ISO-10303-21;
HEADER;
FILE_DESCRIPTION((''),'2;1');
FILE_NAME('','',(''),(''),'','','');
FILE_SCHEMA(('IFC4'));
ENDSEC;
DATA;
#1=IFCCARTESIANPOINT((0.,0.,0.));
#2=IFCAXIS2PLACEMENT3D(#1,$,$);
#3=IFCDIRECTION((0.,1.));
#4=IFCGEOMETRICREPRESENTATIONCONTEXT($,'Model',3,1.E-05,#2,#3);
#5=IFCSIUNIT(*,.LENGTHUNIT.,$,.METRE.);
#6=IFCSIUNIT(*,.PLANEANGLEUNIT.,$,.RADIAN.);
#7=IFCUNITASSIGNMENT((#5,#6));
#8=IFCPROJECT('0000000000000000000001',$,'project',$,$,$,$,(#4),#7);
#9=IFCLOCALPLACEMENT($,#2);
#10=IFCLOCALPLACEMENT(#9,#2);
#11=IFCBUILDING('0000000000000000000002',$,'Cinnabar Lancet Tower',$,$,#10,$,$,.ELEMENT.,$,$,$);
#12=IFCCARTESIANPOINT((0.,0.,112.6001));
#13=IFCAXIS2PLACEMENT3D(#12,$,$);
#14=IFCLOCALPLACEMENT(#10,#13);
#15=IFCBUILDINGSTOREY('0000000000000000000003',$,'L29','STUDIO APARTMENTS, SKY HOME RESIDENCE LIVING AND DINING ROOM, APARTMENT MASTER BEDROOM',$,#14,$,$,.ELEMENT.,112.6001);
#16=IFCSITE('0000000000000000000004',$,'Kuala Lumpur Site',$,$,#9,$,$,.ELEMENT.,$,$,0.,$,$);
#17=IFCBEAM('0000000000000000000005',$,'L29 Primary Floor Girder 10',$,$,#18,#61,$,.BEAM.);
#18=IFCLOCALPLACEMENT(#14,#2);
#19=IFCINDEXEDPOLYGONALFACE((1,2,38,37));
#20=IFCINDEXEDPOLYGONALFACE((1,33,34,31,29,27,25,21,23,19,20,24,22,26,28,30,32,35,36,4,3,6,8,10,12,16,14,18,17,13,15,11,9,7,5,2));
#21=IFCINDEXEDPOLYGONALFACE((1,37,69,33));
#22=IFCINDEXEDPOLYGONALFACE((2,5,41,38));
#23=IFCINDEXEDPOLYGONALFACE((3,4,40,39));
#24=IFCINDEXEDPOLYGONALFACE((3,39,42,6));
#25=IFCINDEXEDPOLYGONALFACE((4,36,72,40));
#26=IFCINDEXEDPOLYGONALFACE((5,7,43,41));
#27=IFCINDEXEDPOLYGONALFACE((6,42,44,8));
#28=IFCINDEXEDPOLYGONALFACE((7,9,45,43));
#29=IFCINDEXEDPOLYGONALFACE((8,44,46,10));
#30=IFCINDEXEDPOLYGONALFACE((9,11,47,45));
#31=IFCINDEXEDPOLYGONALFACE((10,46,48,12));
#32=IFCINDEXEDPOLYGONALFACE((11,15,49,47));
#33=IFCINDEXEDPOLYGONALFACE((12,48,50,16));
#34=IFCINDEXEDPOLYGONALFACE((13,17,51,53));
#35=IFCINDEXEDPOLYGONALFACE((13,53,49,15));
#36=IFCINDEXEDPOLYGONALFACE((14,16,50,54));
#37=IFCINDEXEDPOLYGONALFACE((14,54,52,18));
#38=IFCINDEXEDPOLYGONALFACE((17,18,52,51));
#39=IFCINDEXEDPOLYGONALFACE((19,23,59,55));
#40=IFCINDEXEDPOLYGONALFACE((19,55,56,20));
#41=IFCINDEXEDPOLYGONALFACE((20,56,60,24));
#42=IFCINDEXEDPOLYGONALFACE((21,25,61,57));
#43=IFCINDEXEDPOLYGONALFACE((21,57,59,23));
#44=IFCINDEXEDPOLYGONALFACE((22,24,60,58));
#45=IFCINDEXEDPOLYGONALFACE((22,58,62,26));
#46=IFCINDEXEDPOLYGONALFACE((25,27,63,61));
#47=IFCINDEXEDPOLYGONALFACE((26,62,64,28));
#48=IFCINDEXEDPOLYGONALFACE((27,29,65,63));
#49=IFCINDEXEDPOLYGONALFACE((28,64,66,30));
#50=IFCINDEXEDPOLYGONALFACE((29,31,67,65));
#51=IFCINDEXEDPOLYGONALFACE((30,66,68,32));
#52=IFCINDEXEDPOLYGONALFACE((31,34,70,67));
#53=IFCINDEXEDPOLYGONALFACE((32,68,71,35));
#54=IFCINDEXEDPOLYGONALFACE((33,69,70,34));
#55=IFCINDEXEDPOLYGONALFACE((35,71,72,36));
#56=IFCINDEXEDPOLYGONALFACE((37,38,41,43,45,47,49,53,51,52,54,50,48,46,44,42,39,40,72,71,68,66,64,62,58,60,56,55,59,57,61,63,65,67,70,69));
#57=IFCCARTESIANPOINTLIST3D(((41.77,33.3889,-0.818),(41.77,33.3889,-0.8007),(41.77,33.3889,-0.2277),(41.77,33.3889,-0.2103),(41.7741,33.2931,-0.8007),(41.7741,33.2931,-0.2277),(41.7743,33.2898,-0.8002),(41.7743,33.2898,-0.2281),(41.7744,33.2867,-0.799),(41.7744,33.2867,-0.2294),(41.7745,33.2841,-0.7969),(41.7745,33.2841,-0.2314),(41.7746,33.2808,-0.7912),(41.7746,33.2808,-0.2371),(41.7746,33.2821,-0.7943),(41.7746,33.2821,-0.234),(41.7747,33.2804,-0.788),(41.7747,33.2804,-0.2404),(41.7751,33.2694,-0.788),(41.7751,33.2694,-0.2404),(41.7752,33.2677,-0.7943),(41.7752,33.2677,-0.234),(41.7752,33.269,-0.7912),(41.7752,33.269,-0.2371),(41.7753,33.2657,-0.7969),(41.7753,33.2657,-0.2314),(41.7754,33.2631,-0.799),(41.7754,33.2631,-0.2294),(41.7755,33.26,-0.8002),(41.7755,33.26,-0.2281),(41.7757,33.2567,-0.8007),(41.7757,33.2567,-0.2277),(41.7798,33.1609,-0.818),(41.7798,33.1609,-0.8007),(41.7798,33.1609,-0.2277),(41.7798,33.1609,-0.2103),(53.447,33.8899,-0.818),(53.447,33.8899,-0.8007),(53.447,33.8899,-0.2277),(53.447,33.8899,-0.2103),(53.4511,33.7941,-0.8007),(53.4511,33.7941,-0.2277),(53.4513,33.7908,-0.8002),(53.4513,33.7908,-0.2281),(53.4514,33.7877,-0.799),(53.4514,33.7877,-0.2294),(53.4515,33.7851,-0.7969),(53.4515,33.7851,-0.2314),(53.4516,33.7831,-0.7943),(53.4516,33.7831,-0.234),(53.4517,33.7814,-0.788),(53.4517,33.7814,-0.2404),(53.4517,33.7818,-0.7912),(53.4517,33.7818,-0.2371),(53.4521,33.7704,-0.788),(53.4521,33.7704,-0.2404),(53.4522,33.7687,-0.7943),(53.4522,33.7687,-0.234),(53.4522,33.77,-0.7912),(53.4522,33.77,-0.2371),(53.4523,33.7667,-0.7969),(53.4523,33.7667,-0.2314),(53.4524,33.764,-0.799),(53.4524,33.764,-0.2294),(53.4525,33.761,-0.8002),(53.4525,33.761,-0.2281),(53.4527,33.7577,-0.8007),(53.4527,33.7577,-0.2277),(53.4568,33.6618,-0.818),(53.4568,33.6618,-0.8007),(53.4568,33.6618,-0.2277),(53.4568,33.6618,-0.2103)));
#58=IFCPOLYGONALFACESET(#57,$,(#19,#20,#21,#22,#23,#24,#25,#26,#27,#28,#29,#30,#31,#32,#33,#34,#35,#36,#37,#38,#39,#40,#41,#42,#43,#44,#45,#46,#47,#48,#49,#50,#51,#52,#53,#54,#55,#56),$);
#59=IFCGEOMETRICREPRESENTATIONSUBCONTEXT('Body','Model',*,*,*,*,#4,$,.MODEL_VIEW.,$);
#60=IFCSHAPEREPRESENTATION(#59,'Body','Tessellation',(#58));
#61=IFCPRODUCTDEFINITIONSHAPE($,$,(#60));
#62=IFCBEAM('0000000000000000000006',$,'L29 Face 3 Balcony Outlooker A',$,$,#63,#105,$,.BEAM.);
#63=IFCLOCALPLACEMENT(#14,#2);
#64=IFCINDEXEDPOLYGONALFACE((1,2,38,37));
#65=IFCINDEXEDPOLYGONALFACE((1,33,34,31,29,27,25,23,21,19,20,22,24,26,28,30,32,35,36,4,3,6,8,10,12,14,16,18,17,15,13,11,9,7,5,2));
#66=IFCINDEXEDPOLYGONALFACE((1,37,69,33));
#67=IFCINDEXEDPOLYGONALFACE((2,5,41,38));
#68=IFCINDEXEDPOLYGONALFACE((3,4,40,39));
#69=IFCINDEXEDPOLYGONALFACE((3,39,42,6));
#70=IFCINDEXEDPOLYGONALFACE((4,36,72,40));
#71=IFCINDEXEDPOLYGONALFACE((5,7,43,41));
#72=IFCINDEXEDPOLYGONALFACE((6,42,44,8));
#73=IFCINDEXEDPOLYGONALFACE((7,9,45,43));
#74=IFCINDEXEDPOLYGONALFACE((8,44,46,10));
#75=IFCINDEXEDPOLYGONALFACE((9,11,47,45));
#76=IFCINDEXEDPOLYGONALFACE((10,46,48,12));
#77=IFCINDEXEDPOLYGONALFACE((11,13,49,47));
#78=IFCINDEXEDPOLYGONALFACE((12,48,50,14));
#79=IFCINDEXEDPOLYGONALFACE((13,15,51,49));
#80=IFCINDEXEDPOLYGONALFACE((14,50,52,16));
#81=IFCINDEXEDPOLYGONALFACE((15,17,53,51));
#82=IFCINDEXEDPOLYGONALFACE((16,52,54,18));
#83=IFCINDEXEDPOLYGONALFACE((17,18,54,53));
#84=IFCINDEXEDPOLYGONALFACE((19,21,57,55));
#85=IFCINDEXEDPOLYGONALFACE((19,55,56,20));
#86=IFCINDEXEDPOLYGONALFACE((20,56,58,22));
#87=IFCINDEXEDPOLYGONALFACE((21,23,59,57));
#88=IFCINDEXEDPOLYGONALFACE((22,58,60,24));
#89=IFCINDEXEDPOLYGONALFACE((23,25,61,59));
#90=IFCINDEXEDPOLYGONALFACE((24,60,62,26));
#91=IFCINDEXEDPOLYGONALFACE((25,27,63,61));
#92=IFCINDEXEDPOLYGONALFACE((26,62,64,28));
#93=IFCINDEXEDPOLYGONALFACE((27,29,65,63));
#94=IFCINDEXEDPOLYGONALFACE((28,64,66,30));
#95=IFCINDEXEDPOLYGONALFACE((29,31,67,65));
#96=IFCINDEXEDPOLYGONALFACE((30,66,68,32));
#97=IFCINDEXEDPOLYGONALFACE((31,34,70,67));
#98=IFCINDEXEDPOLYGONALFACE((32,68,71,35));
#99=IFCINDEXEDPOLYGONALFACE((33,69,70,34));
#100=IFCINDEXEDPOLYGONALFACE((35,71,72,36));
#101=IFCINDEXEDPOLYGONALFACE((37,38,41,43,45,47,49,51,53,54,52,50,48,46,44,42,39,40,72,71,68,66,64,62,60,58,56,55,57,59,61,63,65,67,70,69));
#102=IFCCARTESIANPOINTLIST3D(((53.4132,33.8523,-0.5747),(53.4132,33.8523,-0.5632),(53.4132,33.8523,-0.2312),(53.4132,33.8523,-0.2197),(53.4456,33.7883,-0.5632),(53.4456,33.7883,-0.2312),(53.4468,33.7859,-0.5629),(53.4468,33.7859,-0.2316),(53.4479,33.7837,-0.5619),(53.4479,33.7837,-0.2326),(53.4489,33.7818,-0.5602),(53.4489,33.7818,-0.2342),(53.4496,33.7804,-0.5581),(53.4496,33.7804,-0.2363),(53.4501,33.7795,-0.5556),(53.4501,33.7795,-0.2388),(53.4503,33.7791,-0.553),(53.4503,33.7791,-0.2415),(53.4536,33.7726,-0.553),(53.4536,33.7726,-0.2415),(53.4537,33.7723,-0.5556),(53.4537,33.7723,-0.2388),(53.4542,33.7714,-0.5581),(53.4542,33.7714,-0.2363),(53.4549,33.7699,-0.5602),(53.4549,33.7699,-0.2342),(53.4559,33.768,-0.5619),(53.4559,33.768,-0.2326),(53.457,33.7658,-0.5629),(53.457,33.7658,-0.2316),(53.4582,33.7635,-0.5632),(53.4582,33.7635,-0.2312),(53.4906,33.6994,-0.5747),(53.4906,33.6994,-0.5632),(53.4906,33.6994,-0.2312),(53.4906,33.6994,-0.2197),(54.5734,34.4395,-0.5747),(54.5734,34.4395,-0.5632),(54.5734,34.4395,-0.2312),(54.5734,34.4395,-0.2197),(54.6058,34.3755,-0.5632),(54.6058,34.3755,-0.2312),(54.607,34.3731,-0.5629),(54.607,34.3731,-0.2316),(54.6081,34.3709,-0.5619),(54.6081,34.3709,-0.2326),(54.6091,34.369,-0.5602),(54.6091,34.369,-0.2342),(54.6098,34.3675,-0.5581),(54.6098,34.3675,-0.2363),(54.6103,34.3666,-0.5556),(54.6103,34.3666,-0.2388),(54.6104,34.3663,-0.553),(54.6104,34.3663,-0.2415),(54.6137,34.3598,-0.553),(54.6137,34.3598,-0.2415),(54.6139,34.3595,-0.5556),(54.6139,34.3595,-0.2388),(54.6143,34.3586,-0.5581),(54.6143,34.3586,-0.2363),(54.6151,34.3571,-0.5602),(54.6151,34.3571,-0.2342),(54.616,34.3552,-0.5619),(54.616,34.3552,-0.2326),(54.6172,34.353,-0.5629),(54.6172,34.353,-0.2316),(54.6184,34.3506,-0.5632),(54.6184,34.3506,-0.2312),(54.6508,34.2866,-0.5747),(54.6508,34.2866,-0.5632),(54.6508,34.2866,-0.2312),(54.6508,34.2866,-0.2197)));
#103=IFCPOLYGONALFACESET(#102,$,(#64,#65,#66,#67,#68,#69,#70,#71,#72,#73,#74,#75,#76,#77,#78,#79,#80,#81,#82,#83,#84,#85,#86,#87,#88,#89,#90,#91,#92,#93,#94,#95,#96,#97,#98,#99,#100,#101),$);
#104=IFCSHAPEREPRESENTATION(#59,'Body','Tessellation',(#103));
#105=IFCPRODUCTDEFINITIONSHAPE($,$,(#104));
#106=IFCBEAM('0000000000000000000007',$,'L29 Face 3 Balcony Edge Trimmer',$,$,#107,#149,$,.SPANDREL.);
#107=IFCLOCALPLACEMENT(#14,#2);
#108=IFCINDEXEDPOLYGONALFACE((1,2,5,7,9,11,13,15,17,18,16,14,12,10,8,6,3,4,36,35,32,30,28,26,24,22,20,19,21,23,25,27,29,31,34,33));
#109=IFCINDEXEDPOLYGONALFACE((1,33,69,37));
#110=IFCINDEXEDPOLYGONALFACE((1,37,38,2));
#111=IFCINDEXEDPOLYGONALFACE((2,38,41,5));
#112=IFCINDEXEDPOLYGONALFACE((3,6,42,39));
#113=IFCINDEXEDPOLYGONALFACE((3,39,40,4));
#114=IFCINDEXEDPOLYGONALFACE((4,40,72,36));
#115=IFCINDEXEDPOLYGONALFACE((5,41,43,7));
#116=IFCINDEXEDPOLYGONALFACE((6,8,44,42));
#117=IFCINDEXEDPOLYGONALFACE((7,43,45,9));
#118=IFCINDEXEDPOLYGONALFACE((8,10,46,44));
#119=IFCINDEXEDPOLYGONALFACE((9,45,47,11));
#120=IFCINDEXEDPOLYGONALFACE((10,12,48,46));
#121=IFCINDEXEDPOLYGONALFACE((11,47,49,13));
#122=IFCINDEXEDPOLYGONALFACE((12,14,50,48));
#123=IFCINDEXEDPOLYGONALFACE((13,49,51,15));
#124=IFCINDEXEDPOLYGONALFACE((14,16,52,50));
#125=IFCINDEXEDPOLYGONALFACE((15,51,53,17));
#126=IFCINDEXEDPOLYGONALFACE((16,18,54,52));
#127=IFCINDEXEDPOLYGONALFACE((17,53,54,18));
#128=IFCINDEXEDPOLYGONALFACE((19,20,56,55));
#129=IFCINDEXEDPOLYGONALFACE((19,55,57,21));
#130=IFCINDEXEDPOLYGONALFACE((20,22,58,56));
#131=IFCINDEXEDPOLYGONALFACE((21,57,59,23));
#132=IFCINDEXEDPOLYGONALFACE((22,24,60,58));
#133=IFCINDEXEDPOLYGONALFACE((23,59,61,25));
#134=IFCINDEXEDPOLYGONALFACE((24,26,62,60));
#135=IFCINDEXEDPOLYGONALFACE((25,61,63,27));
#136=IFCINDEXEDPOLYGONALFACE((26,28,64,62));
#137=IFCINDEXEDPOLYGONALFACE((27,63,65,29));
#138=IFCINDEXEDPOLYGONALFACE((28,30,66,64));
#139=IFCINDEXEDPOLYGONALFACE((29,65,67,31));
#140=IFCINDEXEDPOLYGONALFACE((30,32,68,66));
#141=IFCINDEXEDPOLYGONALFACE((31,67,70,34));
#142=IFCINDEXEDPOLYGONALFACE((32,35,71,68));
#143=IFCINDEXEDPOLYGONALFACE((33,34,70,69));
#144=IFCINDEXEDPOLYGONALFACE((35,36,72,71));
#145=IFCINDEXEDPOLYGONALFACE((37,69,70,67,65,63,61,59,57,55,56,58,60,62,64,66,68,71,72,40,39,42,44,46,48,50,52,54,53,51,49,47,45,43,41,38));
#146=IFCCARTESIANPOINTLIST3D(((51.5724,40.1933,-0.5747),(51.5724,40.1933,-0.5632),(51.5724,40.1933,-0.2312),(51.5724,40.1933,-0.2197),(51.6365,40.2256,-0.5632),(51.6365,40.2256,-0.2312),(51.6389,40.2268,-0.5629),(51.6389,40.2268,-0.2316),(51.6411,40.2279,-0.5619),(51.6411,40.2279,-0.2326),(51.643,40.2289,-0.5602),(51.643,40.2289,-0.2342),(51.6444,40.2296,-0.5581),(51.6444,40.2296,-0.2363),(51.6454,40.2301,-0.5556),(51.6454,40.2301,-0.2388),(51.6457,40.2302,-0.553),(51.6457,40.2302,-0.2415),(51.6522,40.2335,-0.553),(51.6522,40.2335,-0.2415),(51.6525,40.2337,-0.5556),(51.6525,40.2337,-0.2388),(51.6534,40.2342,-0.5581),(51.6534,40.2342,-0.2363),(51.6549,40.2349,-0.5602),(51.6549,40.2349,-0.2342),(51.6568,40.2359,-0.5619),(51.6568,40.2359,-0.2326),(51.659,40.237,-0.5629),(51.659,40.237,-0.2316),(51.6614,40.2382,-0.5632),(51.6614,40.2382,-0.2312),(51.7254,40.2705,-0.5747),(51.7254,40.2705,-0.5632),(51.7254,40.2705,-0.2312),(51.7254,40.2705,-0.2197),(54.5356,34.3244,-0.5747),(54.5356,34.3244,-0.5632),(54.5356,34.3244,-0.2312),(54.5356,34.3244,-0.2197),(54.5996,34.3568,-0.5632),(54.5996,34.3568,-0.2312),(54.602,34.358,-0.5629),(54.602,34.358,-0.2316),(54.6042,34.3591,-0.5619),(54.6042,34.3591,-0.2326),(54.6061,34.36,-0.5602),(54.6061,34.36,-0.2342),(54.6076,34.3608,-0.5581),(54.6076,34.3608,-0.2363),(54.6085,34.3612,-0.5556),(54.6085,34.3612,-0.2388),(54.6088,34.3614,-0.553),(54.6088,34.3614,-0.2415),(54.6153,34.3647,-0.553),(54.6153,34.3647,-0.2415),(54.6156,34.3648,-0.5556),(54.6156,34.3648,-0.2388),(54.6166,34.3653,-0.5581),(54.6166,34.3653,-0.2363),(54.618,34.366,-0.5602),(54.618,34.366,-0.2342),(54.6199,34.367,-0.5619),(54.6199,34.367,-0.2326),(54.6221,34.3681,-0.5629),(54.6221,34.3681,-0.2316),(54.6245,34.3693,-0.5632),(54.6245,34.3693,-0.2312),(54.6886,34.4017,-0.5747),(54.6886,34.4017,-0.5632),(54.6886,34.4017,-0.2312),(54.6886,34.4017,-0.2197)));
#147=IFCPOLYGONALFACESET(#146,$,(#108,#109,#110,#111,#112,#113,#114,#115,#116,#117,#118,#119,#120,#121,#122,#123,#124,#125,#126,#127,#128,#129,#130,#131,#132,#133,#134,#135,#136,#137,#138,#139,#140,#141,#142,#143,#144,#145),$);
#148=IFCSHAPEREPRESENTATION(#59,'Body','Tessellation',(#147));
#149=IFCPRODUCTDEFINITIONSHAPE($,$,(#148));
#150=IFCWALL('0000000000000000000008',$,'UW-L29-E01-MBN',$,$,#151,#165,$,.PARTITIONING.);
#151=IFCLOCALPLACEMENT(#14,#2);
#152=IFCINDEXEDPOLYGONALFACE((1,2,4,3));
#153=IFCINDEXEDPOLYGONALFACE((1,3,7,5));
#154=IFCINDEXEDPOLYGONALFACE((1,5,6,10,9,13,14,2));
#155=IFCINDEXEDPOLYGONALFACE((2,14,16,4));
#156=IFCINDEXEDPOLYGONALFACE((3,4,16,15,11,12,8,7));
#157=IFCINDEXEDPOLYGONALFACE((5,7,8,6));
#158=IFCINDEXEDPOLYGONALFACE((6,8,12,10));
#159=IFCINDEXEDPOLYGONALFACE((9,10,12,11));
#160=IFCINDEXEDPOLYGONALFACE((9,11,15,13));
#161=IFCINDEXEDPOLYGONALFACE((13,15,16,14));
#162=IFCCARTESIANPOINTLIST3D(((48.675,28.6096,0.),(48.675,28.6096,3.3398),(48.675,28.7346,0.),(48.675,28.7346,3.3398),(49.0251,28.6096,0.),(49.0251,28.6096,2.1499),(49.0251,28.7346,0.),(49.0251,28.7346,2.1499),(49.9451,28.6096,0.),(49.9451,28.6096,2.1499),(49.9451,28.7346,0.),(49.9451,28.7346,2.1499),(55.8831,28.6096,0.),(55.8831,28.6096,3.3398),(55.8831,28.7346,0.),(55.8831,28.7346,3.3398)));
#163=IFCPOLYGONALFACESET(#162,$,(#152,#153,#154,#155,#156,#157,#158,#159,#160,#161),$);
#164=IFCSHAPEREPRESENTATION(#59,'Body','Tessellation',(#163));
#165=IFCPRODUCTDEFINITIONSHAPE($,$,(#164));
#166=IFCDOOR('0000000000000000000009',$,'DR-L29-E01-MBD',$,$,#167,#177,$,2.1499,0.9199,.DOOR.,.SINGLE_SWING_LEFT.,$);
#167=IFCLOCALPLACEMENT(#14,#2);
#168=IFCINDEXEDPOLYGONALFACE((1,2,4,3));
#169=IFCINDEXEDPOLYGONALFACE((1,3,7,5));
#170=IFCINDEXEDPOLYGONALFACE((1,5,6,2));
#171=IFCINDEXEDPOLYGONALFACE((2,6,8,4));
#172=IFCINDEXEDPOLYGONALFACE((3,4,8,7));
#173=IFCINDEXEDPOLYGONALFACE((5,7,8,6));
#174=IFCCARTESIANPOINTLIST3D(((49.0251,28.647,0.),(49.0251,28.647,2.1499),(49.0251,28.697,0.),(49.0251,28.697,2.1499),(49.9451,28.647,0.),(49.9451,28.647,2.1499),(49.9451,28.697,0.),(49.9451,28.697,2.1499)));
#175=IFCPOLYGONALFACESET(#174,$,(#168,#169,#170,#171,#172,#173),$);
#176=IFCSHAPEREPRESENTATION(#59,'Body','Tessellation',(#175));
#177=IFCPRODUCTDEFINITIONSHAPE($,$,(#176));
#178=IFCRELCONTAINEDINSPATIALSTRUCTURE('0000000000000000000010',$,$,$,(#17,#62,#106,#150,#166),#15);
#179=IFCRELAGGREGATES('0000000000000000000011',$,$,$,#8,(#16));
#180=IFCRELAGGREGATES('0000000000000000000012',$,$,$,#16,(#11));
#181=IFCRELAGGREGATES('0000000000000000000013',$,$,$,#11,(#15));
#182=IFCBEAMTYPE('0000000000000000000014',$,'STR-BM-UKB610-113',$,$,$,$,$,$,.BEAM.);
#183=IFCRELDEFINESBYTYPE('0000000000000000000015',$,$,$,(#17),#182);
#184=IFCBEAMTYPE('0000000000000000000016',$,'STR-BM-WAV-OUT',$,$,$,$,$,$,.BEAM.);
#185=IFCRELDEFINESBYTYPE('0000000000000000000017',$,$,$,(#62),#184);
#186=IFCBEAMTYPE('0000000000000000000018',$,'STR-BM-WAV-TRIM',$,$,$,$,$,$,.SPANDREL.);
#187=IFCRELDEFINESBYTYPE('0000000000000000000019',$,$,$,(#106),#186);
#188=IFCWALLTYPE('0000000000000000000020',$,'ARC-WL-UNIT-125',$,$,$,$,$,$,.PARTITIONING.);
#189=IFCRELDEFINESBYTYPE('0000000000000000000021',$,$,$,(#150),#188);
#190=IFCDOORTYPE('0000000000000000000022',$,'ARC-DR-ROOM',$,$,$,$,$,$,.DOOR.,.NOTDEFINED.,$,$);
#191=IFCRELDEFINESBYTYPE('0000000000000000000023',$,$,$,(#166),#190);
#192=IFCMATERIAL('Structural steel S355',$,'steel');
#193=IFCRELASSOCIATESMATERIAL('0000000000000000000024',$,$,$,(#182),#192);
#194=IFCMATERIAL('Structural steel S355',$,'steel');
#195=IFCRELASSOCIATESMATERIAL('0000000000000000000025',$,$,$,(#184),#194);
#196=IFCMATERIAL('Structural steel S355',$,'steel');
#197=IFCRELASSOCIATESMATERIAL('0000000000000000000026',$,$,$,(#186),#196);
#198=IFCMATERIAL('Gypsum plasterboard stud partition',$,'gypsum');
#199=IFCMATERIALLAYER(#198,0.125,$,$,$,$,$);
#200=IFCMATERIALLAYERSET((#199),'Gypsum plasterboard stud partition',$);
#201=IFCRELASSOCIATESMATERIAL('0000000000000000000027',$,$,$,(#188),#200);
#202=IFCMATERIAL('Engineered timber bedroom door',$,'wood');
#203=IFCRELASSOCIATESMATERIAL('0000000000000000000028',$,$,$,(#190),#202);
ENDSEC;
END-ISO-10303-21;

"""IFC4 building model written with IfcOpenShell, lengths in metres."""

from ifc_helpers import new_model, si_unit, direction, frame, frame_2d, origin, origin_2d, place, context, subcontext, project, spatial, rectangle, i_section, extrude, material, layer, layer_set, material_profile, profile_set, type_object, element, fill, save


model = new_model("IFC4")

# Units and contexts
model_context = context("Model", 3, precision=1e-05, world=origin(), true_north=direction((0.0, 1.0)))
body_context = subcontext(model_context, "Body", "Model", "MODEL_VIEW")
ifc_project = project(units=[si_unit("LENGTHUNIT", "METRE"), si_unit("PLANEANGLEUNIT", "RADIAN")], contexts=[model_context])

# Site, building, storey
site_placement = place(None, origin())
site = spatial("IfcSite", under=ifc_project, at=site_placement, Name="Kuala Lumpur Site", CompositionType="ELEMENT", RefElevation=0.0)
building_placement = place(site_placement, origin())
building = spatial("IfcBuilding", under=site, at=building_placement, Name="Cinnabar Lancet Tower", CompositionType="ELEMENT")
storey_placement = place(building_placement, frame((0.0, 0.0, 112.6001)))
storey = spatial("IfcBuildingStorey", under=building, at=storey_placement, Name="L29", Description="STUDIO APARTMENTS, SKY HOME RESIDENCE LIVING AND DINING ROOM, APARTMENT MASTER BEDROOM", CompositionType="ELEMENT", Elevation=112.6001)

# Beams
ifc_material_1 = material(Name="Structural steel S355", Category="steel")
ifc_material_profile_1 = material_profile(ifc_material_1, i_section(OverallWidth=0.2283, OverallDepth=0.6077, WebThickness=0.011, FlangeThickness=0.0173, FilletRadius=0.0127, at=origin_2d()), Name="UKB 610x229x113")
ifc_profile_set_1 = profile_set([ifc_material_profile_1], Name="Structural steel S355")
beam_type_1 = type_object("IfcBeamType", Name="STR-BM-UKB610-113", PredefinedType="BEAM", material=ifc_profile_set_1)
beam_1_placement = place(storey_placement, frame((53.4519, 33.7759, -0.5142), z_axis=(-0.999081, -0.042863, 0.0), x_axis=(0.042863, -0.999081, 0.0)))
element("IfcBeam", 1, at=beam_1_placement, inside=storey, type_object=beam_type_1, Name="L29 Primary Floor Girder 10", PredefinedType="BEAM", context=body_context, shape_type="SweptSolid", body=[
    extrude(i_section(OverallWidth=0.2283, OverallDepth=0.6077, WebThickness=0.011, FlangeThickness=0.0173, FilletRadius=0.0127, at=origin_2d()), origin(), (0.0, 0.0, 1.0), 11.6877),
])
ifc_material_2 = material(Name="Structural steel S355", Category="steel")
ifc_material_profile_2 = material_profile(ifc_material_2, i_section(OverallWidth=0.1714, OverallDepth=0.355, WebThickness=0.0073, FlangeThickness=0.0115, FilletRadius=0.0103, at=origin_2d()), Name="UKB 356x171x51")
ifc_profile_set_2 = profile_set([ifc_material_profile_2], Name="Structural steel S355")
beam_type_2 = type_object("IfcBeamType", Name="STR-BM-WAV-OUT", PredefinedType="BEAM", material=ifc_profile_set_2)
beam_2_placement = place(storey_placement, frame((53.4519, 33.7759, -0.3972), z_axis=(0.892239, 0.451564, 0.0), x_axis=(-0.451564, 0.892239, 0.0)))
element("IfcBeam", 2, at=beam_2_placement, inside=storey, type_object=beam_type_2, Name="L29 Face 3 Balcony Outlooker A", PredefinedType="BEAM", context=body_context, shape_type="SweptSolid", body=[
    extrude(i_section(OverallWidth=0.1714, OverallDepth=0.355, WebThickness=0.0073, FlangeThickness=0.0115, FilletRadius=0.0103, at=origin_2d()), origin(), (0.0, 0.0, 1.0), 1.3003),
])
ifc_material_3 = material(Name="Structural steel S355", Category="steel")
ifc_material_profile_3 = material_profile(ifc_material_3, i_section(OverallWidth=0.1714, OverallDepth=0.355, WebThickness=0.0073, FlangeThickness=0.0115, FilletRadius=0.0103, at=origin_2d()), Name="UKB 356x171x51")
ifc_profile_set_3 = profile_set([ifc_material_profile_3], Name="Structural steel S355")
beam_type_3 = type_object("IfcBeamType", Name="STR-BM-WAV-TRIM", PredefinedType="SPANDREL", material=ifc_profile_set_3)
beam_3_placement = place(storey_placement, frame((54.6121, 34.363, -0.3972), z_axis=(-0.450701, 0.892675, 0.0), x_axis=(-0.892675, -0.450701, 0.0)))
element("IfcBeam", 3, at=beam_3_placement, inside=storey, type_object=beam_type_3, Name="L29 Face 3 Balcony Edge Trimmer", PredefinedType="SPANDREL", context=body_context, shape_type="SweptSolid", body=[
    extrude(i_section(OverallWidth=0.1714, OverallDepth=0.355, WebThickness=0.0073, FlangeThickness=0.0115, FilletRadius=0.0103, at=origin_2d()), origin(), (0.0, 0.0, 1.0), 6.5745),
])

# Wall, opening, door
ifc_material_4 = material(Name="Gypsum plasterboard stud partition", Category="gypsum")
ifc_layer_1 = layer(ifc_material_4, 0.125)
ifc_layer_set_1 = layer_set([ifc_layer_1], Name="Gypsum plasterboard stud partition")
wall_type_1 = type_object("IfcWallType", Name="ARC-WL-UNIT-125", PredefinedType="PARTITIONING", material=ifc_layer_set_1)
wall_1_placement = place(storey_placement, frame((48.675, 28.6721, 0.0), z_axis=(0.0, 0.0, 1.0), x_axis=(1.0, 0.0, 0.0)))
wall_1 = element("IfcWall", 4, at=wall_1_placement, inside=storey, type_object=wall_type_1, Name="UW-L29-E01-MBN", PredefinedType="PARTITIONING", context=body_context, shape_type="SweptSolid", body=[
    extrude(rectangle(XDim=7.208, YDim=0.125, at=frame_2d((3.604, 0.0))), origin(), (0.0, 0.0, 1.0), 3.3398),
])
opening_1_placement = place(wall_1_placement, frame((0.3501, 0.0, 0.0)))
opening_1 = element("IfcOpeningElement", 5, at=opening_1_placement, cuts=wall_1, PredefinedType="OPENING", context=body_context, shape_type="SweptSolid", body=[
    extrude(rectangle(XDim=0.9199, YDim=2.1499, at=frame_2d((0.46, 1.075))), frame((0.0, 0.0725, 0.0), z_axis=(0.0, -1.0, 0.0), x_axis=(1.0, 0.0, 0.0)), (0.0, 0.0, 1.0), 0.145),
])
ifc_material_5 = material(Name="Engineered timber bedroom door", Category="wood")
door_type_1 = type_object("IfcDoorType", Name="ARC-DR-ROOM", OperationType="NOTDEFINED", PredefinedType="DOOR", material=ifc_material_5)
door_1_placement = place(opening_1_placement, origin())
door_1 = element("IfcDoor", 6, at=door_1_placement, inside=storey, type_object=door_type_1, Name="DR-L29-E01-MBD", OperationType="SINGLE_SWING_LEFT", OverallHeight=2.1499, OverallWidth=0.9199, PredefinedType="DOOR", context=body_context, shape_type="SweptSolid", body=[
    extrude(rectangle(XDim=0.9199, YDim=2.1499, at=frame_2d((0.46, 1.075))), frame((0.0, 0.0249, 0.0), z_axis=(0.0, -1.0, 0.0), x_axis=(1.0, 0.0, 0.0)), (0.0, 0.0, 1.0), 0.05),
])
fill(opening_1, door_1)

save(model, "model.ifc")
